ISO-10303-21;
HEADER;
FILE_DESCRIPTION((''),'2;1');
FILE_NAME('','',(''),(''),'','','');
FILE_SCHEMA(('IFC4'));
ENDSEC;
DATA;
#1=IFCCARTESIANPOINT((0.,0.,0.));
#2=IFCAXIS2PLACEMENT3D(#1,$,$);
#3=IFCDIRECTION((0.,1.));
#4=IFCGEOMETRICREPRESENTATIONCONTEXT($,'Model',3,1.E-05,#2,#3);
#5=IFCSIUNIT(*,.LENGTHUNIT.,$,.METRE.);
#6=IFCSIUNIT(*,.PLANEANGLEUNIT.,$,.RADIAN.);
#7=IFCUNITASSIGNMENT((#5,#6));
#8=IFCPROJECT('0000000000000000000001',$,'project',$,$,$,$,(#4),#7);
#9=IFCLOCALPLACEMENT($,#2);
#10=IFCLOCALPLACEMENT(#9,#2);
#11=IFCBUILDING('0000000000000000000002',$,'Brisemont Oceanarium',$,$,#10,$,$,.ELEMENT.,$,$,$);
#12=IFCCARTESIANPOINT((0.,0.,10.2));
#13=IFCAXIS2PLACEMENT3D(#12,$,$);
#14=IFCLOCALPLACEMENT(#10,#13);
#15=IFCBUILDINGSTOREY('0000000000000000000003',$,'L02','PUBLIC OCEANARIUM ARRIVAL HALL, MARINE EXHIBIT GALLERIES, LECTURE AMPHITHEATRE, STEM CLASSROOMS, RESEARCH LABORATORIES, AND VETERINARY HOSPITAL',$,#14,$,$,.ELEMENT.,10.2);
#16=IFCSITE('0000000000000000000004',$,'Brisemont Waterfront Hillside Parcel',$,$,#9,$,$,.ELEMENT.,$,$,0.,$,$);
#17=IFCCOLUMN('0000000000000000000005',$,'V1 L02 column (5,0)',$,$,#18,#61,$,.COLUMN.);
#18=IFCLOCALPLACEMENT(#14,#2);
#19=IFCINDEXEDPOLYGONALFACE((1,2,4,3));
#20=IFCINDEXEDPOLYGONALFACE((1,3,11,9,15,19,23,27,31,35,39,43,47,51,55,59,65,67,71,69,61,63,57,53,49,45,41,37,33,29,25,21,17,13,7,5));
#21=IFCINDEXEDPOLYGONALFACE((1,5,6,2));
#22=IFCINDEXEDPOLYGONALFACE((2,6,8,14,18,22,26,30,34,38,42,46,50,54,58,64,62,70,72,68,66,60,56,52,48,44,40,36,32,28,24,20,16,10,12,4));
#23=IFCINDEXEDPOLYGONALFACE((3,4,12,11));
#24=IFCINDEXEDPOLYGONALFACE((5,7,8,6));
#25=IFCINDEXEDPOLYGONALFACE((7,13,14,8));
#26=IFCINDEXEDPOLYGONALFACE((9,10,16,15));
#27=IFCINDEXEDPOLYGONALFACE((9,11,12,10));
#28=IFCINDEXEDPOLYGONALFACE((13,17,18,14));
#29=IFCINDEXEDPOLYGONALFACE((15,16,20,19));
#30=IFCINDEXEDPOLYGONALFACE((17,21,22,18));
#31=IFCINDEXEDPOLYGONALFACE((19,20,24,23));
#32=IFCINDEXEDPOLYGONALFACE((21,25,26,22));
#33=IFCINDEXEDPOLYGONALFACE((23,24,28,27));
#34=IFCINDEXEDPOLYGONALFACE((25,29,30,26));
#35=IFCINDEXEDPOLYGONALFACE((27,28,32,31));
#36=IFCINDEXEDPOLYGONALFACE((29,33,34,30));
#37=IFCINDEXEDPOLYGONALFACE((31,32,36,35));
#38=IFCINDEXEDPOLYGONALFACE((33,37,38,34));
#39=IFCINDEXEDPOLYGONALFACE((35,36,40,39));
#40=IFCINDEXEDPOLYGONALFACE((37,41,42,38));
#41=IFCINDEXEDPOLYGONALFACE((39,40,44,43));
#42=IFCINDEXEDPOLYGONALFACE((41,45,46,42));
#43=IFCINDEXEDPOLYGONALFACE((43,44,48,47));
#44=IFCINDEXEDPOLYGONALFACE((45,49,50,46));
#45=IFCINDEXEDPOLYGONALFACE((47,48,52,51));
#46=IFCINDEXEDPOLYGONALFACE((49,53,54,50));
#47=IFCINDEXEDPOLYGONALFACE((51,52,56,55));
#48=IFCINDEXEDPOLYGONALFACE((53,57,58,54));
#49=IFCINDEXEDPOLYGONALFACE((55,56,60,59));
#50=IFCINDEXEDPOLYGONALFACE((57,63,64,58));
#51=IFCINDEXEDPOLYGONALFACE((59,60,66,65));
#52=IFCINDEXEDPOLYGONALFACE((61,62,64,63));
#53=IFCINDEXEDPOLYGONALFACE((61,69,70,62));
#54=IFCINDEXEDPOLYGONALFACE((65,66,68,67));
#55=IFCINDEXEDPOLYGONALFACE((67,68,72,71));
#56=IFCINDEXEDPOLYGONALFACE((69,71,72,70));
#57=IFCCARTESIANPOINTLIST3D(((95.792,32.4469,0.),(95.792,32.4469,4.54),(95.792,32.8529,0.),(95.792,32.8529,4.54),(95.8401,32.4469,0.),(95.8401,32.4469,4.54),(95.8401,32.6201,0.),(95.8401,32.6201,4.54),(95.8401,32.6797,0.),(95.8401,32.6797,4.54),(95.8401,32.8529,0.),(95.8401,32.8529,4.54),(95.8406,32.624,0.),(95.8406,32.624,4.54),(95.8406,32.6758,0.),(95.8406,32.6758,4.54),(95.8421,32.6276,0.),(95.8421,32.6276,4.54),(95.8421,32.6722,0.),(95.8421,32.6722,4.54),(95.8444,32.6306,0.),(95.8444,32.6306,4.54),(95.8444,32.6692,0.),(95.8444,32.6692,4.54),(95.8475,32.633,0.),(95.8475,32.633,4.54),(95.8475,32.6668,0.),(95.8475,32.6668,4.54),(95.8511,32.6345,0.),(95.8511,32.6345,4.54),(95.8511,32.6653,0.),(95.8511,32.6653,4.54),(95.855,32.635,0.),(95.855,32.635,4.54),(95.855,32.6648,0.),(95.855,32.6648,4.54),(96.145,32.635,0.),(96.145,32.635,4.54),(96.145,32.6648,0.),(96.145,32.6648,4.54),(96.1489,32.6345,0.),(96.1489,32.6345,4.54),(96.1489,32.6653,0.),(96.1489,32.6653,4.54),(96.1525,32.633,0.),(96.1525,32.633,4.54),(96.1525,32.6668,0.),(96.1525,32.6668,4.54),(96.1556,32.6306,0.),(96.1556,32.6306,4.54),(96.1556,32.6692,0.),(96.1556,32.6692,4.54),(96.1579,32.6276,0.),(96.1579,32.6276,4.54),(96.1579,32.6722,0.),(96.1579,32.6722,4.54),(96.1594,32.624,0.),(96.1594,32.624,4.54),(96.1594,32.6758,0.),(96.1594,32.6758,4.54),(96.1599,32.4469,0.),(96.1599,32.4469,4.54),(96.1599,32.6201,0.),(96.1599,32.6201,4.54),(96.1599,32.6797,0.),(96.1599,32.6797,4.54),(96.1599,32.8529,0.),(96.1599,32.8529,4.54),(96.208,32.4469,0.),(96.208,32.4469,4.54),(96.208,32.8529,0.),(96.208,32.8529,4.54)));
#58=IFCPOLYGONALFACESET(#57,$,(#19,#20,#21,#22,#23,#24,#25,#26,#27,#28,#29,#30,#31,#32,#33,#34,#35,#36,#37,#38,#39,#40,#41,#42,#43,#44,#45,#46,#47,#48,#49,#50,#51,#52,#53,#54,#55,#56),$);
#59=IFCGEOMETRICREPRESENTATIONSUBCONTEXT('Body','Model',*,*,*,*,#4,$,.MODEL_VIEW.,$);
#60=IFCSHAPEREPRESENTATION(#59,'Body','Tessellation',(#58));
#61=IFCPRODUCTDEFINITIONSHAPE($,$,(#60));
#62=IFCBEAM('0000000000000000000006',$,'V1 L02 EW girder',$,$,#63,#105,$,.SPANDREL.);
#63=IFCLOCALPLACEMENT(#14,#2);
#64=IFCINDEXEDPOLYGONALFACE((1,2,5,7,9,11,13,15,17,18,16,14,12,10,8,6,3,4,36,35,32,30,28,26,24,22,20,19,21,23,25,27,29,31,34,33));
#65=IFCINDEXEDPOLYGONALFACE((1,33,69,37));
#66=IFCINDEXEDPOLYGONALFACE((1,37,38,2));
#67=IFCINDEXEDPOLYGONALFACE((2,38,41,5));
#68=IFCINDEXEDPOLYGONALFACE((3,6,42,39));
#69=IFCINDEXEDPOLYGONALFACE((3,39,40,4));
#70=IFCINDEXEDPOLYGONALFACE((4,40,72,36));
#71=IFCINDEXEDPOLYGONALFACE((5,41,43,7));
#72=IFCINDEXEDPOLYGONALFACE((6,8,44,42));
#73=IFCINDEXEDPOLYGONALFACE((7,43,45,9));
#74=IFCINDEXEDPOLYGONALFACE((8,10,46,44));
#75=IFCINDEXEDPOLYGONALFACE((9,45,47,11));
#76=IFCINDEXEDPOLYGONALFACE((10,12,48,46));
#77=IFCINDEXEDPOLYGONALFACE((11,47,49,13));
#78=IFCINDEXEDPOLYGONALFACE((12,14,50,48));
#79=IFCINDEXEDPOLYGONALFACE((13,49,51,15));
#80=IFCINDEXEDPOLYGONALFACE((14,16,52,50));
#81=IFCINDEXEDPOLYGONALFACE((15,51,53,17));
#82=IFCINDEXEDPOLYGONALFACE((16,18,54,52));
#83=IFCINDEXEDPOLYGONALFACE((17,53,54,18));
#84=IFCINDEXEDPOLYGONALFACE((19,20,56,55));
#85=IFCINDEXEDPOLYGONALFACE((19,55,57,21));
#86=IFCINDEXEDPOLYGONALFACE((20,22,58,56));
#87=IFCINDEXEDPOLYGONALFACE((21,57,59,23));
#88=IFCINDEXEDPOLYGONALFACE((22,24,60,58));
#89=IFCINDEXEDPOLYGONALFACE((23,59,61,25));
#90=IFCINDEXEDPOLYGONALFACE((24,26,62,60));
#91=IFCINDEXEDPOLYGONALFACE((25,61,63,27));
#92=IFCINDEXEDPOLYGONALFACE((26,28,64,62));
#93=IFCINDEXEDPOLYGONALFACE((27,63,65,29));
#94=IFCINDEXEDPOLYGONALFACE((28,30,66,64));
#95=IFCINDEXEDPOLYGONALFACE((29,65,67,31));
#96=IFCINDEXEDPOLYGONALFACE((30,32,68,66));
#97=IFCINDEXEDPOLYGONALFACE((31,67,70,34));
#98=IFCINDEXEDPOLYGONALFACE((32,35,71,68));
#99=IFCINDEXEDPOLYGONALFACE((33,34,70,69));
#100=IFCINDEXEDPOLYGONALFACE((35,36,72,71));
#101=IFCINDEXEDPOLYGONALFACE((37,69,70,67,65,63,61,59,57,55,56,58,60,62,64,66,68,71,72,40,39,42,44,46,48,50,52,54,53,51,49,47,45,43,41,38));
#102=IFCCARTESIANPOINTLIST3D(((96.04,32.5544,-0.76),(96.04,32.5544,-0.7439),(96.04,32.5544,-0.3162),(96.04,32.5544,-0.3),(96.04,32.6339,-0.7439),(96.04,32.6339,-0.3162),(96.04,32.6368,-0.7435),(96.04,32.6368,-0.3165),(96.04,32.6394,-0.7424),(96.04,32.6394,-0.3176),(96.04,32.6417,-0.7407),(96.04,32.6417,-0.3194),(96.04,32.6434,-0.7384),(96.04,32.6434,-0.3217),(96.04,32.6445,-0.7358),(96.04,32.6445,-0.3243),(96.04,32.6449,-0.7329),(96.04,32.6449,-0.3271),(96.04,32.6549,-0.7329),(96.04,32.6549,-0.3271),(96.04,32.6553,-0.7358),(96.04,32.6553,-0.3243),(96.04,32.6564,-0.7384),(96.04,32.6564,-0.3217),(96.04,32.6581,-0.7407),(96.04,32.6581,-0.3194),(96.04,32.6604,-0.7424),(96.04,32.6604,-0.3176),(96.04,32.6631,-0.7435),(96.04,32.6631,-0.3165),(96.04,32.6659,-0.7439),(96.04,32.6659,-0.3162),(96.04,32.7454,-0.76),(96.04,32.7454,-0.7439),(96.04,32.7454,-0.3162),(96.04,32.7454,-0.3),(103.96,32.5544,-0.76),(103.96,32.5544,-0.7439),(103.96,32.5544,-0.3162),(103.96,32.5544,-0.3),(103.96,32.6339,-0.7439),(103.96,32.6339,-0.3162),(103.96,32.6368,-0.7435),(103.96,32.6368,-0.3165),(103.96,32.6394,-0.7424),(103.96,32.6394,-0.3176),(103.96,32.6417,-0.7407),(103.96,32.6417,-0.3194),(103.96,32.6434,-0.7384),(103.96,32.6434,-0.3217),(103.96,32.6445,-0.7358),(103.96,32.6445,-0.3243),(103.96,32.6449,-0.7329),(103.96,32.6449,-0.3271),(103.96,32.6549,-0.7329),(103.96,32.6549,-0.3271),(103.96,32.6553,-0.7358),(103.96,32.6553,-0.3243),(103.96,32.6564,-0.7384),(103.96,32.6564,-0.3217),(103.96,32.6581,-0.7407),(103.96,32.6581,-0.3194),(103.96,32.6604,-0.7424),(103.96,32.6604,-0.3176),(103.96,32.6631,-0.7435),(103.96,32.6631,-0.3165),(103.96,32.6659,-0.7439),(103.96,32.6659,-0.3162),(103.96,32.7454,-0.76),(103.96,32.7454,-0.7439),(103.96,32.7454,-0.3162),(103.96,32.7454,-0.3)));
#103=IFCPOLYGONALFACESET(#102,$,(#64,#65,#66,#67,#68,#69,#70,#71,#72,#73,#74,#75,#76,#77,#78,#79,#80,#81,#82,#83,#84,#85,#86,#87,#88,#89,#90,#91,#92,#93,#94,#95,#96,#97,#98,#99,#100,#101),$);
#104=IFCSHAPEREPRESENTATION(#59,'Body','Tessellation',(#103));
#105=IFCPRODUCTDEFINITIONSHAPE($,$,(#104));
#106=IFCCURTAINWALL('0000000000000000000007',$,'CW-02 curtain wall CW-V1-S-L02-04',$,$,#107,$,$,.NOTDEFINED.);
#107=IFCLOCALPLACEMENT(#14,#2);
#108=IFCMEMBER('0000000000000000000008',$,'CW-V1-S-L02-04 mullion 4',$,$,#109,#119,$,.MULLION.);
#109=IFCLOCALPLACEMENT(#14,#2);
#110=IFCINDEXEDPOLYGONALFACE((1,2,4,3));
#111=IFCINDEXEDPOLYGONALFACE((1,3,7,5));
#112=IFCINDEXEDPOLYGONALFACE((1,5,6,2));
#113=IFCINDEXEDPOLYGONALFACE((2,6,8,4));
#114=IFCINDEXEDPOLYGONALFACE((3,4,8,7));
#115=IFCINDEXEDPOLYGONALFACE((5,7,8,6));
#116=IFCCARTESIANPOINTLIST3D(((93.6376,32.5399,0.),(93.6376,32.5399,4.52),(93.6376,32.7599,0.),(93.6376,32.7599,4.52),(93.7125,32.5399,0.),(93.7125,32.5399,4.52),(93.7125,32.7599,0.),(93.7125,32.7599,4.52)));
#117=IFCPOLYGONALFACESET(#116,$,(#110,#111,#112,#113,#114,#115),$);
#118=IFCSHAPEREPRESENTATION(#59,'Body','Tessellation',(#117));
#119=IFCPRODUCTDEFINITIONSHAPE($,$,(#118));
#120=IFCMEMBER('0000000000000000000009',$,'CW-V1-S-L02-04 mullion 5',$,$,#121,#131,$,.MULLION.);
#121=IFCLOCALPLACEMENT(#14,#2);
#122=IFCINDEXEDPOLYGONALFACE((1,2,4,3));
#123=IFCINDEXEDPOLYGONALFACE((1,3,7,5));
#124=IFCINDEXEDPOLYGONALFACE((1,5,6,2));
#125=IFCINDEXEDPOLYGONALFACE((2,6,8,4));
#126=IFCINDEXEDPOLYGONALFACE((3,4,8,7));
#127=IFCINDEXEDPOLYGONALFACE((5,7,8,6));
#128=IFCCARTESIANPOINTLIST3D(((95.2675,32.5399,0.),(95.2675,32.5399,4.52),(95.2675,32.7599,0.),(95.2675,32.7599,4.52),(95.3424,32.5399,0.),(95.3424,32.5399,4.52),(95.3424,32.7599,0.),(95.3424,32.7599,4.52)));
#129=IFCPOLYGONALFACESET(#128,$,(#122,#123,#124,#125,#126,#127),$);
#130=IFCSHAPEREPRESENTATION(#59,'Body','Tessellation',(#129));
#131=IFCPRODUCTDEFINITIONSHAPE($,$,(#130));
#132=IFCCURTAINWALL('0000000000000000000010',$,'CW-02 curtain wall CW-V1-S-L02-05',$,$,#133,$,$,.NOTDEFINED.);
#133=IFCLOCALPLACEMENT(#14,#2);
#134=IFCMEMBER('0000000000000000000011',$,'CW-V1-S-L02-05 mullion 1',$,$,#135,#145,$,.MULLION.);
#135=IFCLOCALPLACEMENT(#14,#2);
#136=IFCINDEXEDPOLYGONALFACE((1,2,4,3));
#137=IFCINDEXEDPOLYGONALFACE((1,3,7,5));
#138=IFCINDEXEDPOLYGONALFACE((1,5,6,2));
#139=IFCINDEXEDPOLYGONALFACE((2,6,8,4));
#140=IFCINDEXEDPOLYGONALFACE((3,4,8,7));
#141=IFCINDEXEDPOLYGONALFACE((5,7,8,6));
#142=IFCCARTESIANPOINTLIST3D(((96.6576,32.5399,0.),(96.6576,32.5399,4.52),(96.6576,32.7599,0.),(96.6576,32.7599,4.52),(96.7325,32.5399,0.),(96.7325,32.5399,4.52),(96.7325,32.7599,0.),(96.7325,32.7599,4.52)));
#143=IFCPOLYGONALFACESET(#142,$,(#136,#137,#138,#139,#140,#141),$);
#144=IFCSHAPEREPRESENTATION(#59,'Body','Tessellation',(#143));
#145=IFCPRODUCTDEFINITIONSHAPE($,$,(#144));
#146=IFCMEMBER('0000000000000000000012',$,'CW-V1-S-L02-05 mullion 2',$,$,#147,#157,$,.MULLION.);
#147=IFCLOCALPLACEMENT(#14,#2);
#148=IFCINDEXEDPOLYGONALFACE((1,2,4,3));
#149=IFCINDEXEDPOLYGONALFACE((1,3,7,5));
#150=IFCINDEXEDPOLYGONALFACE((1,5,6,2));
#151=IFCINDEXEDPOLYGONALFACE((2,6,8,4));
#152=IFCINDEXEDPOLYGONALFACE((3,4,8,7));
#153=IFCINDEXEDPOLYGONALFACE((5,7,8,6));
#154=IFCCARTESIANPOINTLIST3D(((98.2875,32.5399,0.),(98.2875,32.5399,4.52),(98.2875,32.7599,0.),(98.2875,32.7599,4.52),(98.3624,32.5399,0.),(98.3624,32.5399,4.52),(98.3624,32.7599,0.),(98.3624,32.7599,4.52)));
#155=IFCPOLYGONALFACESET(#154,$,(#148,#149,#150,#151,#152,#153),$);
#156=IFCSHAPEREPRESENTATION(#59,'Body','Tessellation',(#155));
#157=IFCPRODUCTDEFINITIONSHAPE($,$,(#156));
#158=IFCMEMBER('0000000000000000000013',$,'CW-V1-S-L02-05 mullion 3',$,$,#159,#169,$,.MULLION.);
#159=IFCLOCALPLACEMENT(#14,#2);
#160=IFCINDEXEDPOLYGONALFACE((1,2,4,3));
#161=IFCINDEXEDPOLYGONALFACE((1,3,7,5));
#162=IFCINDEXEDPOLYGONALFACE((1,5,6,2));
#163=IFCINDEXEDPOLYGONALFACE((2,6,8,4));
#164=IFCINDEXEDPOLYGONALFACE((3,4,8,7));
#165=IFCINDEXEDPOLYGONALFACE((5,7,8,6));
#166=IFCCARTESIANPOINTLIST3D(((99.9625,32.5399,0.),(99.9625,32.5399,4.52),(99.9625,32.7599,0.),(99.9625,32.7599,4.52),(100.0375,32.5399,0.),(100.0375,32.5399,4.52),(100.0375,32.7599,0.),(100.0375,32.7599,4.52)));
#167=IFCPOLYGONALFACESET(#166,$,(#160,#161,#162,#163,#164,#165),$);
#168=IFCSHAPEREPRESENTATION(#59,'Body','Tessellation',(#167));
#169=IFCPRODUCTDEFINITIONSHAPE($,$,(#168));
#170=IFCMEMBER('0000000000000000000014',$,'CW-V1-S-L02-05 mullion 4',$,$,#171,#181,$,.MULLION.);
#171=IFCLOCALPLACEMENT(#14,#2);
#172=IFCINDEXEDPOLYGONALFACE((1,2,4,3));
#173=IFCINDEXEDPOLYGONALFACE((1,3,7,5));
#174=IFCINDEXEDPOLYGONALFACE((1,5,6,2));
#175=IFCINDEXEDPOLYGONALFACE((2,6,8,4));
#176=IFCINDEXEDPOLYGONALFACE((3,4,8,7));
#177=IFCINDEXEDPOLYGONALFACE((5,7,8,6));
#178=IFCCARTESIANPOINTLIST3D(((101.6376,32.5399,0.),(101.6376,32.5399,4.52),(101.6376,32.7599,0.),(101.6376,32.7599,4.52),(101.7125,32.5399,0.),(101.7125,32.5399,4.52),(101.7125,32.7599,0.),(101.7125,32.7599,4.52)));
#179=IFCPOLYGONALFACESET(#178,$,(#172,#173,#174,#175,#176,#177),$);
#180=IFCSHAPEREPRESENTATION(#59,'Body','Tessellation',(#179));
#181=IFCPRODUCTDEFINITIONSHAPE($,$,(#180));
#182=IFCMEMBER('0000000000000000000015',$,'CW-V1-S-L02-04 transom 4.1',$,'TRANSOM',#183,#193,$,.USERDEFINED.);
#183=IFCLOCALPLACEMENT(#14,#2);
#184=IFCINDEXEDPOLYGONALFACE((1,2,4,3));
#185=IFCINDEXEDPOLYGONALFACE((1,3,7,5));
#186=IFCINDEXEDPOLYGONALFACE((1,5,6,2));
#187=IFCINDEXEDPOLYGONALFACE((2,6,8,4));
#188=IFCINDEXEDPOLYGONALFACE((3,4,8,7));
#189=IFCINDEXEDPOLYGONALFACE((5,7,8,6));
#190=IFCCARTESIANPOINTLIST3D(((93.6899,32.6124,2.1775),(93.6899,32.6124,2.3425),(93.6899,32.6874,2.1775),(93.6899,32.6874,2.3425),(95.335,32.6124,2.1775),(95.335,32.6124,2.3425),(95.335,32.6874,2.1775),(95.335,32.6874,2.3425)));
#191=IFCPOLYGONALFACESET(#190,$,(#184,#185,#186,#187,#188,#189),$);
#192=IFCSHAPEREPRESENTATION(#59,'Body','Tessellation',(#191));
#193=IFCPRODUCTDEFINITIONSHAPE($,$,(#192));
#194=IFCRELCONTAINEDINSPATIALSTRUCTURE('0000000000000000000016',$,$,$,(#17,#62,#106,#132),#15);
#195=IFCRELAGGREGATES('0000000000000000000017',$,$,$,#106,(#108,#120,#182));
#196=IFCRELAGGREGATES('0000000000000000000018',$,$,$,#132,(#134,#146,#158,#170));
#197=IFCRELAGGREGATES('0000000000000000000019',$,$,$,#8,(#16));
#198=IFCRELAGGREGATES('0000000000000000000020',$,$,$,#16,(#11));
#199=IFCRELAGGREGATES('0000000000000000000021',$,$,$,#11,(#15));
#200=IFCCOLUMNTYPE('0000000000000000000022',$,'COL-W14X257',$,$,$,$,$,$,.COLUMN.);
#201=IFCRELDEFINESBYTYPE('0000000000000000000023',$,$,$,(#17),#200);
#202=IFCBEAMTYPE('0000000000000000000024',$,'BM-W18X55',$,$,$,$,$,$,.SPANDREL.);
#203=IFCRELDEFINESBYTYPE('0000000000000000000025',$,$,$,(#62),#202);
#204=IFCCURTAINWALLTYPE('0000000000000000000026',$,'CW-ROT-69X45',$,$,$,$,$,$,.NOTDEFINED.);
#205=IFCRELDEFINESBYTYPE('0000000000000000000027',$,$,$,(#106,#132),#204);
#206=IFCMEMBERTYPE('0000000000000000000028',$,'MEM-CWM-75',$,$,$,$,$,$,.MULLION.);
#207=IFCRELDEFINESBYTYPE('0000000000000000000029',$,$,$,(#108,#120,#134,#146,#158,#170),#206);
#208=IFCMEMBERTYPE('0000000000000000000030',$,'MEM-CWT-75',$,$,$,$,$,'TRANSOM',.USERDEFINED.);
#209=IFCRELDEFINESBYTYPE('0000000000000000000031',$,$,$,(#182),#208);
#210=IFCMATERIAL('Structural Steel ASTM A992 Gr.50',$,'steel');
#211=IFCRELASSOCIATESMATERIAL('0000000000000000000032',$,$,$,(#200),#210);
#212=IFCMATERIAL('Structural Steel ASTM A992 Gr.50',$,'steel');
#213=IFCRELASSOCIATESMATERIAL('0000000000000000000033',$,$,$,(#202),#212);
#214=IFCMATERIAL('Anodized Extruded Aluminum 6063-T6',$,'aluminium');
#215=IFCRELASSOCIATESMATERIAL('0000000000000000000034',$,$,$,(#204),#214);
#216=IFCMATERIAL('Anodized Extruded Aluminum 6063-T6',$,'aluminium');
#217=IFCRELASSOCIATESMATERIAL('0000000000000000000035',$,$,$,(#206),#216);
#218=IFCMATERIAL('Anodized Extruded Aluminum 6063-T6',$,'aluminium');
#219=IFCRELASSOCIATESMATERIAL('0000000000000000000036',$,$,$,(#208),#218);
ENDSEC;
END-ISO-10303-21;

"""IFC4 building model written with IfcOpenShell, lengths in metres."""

from ifc_helpers import new_model, si_unit, direction, frame, origin, origin_2d, place, context, subcontext, project, spatial, rectangle, i_section, extrude, material, material_profile, profile_set, type_object, element, aggregate, save


model = new_model("IFC4")

# Units and contexts
model_context = context("Model", 3, precision=1e-05, world=origin(), true_north=direction((0.0, 1.0)))
body_context = subcontext(model_context, "Body", "Model", "MODEL_VIEW")
ifc_project = project(units=[si_unit("LENGTHUNIT", "METRE"), si_unit("PLANEANGLEUNIT", "RADIAN")], contexts=[model_context])

# Site, building, storey
site_placement = place(None, origin())
site = spatial("IfcSite", under=ifc_project, at=site_placement, Name="Brisemont Waterfront Hillside Parcel", CompositionType="ELEMENT", RefElevation=0.0)
building_placement = place(site_placement, origin())
building = spatial("IfcBuilding", under=site, at=building_placement, Name="Brisemont Oceanarium", CompositionType="ELEMENT")
storey_placement = place(building_placement, frame((0.0, 0.0, 10.2)))
storey = spatial("IfcBuildingStorey", under=building, at=storey_placement, Name="L02", Description="PUBLIC OCEANARIUM ARRIVAL HALL, MARINE EXHIBIT GALLERIES, LECTURE AMPHITHEATRE, STEM CLASSROOMS, RESEARCH LABORATORIES, AND VETERINARY HOSPITAL", CompositionType="ELEMENT", Elevation=10.2)

# Column
ifc_material_1 = material(Name="Structural Steel ASTM A992 Gr.50", Category="steel")
ifc_material_profile_1 = material_profile(ifc_material_1, i_section(OverallWidth=0.406, OverallDepth=0.416, WebThickness=0.0298, FlangeThickness=0.0481, FilletRadius=0.0149, at=origin_2d()), Name="W14X257")
ifc_profile_set_1 = profile_set([ifc_material_profile_1], Name="Structural Steel ASTM A992 Gr.50")
column_type = type_object("IfcColumnType", Name="COL-W14X257", PredefinedType="COLUMN", material=ifc_profile_set_1)
column_placement = place(storey_placement, frame((96.0, 32.6499, 0.0), z_axis=(0.0, 0.0, 1.0), x_axis=(0.0, 1.0, 0.0)))
element("IfcColumn", 1, at=column_placement, inside=storey, type_object=column_type, Name="V1 L02 column (5,0)", PredefinedType="COLUMN", context=body_context, shape_type="SweptSolid", body=[
    extrude(i_section(OverallWidth=0.406, OverallDepth=0.416, WebThickness=0.0298, FlangeThickness=0.0481, FilletRadius=0.0149, at=origin_2d()), origin(), (0.0, 0.0, 1.0), 4.54),
])

# Beam
ifc_material_2 = material(Name="Structural Steel ASTM A992 Gr.50", Category="steel")
ifc_material_profile_2 = material_profile(ifc_material_2, i_section(OverallWidth=0.1909, OverallDepth=0.46, WebThickness=0.01, FlangeThickness=0.0161, FilletRadius=0.011, at=origin_2d()), Name="W18X55")
ifc_profile_set_2 = profile_set([ifc_material_profile_2], Name="Structural Steel ASTM A992 Gr.50")
beam_type = type_object("IfcBeamType", Name="BM-W18X55", PredefinedType="SPANDREL", material=ifc_profile_set_2)
beam_placement = place(storey_placement, frame((96.04, 32.6499, -0.53), z_axis=(1.0, 0.0, 0.0), x_axis=(0.0, 1.0, 0.0)))
element("IfcBeam", 2, at=beam_placement, inside=storey, type_object=beam_type, Name="V1 L02 EW girder", PredefinedType="SPANDREL", context=body_context, shape_type="SweptSolid", body=[
    extrude(i_section(OverallWidth=0.1909, OverallDepth=0.46, WebThickness=0.01, FlangeThickness=0.0161, FilletRadius=0.011, at=origin_2d()), origin(), (0.0, 0.0, 1.0), 7.9199),
])

# Curtain walls, members
ifc_material_3 = material(Name="Anodized Extruded Aluminum 6063-T6", Category="aluminium")
curtain_wall_type = type_object("IfcCurtainWallType", Name="CW-ROT-69X45", PredefinedType="NOTDEFINED", material=ifc_material_3)
curtain_wall_1_placement = place(storey_placement, origin())
curtain_wall_1 = element("IfcCurtainWall", 3, at=curtain_wall_1_placement, inside=storey, type_object=curtain_wall_type, Name="CW-02 curtain wall CW-V1-S-L02-04", PredefinedType="NOTDEFINED")
ifc_material_4 = material(Name="Anodized Extruded Aluminum 6063-T6", Category="aluminium")
ifc_material_profile_3 = material_profile(ifc_material_4, rectangle(XDim=0.075, YDim=0.22, at=origin_2d()), Name="CWM-75X220")
ifc_profile_set_3 = profile_set([ifc_material_profile_3], Name="Anodized Extruded Aluminum 6063-T6")
member_type_1 = type_object("IfcMemberType", Name="MEM-CWM-75", PredefinedType="MULLION", material=ifc_profile_set_3)
member_1_placement = place(storey_placement, frame((93.675, 32.6499, 0.0), z_axis=(0.0, 0.0, 1.0), x_axis=(1.0, 0.0, 0.0)))
member_1 = element("IfcMember", 4, at=member_1_placement, type_object=member_type_1, Name="CW-V1-S-L02-04 mullion 4", PredefinedType="MULLION", context=body_context, shape_type="SweptSolid", body=[
    extrude(rectangle(XDim=0.075, YDim=0.22, at=origin_2d()), origin(), (0.0, 0.0, 1.0), 4.52),
])
member_2_placement = place(storey_placement, frame((95.3049, 32.6499, 0.0), z_axis=(0.0, 0.0, 1.0), x_axis=(1.0, 0.0, 0.0)))
member_2 = element("IfcMember", 5, at=member_2_placement, type_object=member_type_1, Name="CW-V1-S-L02-04 mullion 5", PredefinedType="MULLION", context=body_context, shape_type="SweptSolid", body=[
    extrude(rectangle(XDim=0.075, YDim=0.22, at=origin_2d()), origin(), (0.0, 0.0, 1.0), 4.52),
])
curtain_wall_2_placement = place(storey_placement, origin())
curtain_wall_2 = element("IfcCurtainWall", 6, at=curtain_wall_2_placement, inside=storey, type_object=curtain_wall_type, Name="CW-02 curtain wall CW-V1-S-L02-05", PredefinedType="NOTDEFINED")
member_3_placement = place(storey_placement, frame((96.6951, 32.6499, 0.0), z_axis=(0.0, 0.0, 1.0), x_axis=(1.0, 0.0, 0.0)))
member_3 = element("IfcMember", 7, at=member_3_placement, type_object=member_type_1, Name="CW-V1-S-L02-05 mullion 1", PredefinedType="MULLION", context=body_context, shape_type="SweptSolid", body=[
    extrude(rectangle(XDim=0.075, YDim=0.22, at=origin_2d()), origin(), (0.0, 0.0, 1.0), 4.52),
])
member_4_placement = place(storey_placement, frame((98.325, 32.6499, 0.0), z_axis=(0.0, 0.0, 1.0), x_axis=(1.0, 0.0, 0.0)))
member_4 = element("IfcMember", 8, at=member_4_placement, type_object=member_type_1, Name="CW-V1-S-L02-05 mullion 2", PredefinedType="MULLION", context=body_context, shape_type="SweptSolid", body=[
    extrude(rectangle(XDim=0.075, YDim=0.22, at=origin_2d()), origin(), (0.0, 0.0, 1.0), 4.52),
])
member_5_placement = place(storey_placement, frame((100.0, 32.6499, 0.0), z_axis=(0.0, 0.0, 1.0), x_axis=(1.0, 0.0, 0.0)))
member_5 = element("IfcMember", 9, at=member_5_placement, type_object=member_type_1, Name="CW-V1-S-L02-05 mullion 3", PredefinedType="MULLION", context=body_context, shape_type="SweptSolid", body=[
    extrude(rectangle(XDim=0.075, YDim=0.22, at=origin_2d()), origin(), (0.0, 0.0, 1.0), 4.52),
])
member_6_placement = place(storey_placement, frame((101.675, 32.6499, 0.0), z_axis=(0.0, 0.0, 1.0), x_axis=(1.0, 0.0, 0.0)))
member_6 = element("IfcMember", 10, at=member_6_placement, type_object=member_type_1, Name="CW-V1-S-L02-05 mullion 4", PredefinedType="MULLION", context=body_context, shape_type="SweptSolid", body=[
    extrude(rectangle(XDim=0.075, YDim=0.22, at=origin_2d()), origin(), (0.0, 0.0, 1.0), 4.52),
])

# Member
ifc_material_5 = material(Name="Anodized Extruded Aluminum 6063-T6", Category="aluminium")
ifc_material_profile_4 = material_profile(ifc_material_5, rectangle(XDim=0.075, YDim=0.165, at=origin_2d()), Name="CWT-75X165")
ifc_profile_set_4 = profile_set([ifc_material_profile_4], Name="Anodized Extruded Aluminum 6063-T6")
member_type_2 = type_object("IfcMemberType", Name="MEM-CWT-75", ElementType="TRANSOM", PredefinedType="USERDEFINED", material=ifc_profile_set_4)
member_7_placement = place(storey_placement, frame((93.6899, 32.6499, 2.26), z_axis=(1.0, 0.0, 0.0), x_axis=(0.0, 1.0, 0.0)))
member_7 = element("IfcMember", 11, at=member_7_placement, type_object=member_type_2, Name="CW-V1-S-L02-04 transom 4.1", ObjectType="TRANSOM", PredefinedType="USERDEFINED", context=body_context, shape_type="SweptSolid", body=[
    extrude(rectangle(XDim=0.075, YDim=0.165, at=origin_2d()), origin(), (0.0, 0.0, 1.0), 1.645),
])

aggregate(curtain_wall_1, [member_1, member_2, member_7])
aggregate(curtain_wall_2, [member_3, member_4, member_5, member_6])

save(model, "model.ifc")
